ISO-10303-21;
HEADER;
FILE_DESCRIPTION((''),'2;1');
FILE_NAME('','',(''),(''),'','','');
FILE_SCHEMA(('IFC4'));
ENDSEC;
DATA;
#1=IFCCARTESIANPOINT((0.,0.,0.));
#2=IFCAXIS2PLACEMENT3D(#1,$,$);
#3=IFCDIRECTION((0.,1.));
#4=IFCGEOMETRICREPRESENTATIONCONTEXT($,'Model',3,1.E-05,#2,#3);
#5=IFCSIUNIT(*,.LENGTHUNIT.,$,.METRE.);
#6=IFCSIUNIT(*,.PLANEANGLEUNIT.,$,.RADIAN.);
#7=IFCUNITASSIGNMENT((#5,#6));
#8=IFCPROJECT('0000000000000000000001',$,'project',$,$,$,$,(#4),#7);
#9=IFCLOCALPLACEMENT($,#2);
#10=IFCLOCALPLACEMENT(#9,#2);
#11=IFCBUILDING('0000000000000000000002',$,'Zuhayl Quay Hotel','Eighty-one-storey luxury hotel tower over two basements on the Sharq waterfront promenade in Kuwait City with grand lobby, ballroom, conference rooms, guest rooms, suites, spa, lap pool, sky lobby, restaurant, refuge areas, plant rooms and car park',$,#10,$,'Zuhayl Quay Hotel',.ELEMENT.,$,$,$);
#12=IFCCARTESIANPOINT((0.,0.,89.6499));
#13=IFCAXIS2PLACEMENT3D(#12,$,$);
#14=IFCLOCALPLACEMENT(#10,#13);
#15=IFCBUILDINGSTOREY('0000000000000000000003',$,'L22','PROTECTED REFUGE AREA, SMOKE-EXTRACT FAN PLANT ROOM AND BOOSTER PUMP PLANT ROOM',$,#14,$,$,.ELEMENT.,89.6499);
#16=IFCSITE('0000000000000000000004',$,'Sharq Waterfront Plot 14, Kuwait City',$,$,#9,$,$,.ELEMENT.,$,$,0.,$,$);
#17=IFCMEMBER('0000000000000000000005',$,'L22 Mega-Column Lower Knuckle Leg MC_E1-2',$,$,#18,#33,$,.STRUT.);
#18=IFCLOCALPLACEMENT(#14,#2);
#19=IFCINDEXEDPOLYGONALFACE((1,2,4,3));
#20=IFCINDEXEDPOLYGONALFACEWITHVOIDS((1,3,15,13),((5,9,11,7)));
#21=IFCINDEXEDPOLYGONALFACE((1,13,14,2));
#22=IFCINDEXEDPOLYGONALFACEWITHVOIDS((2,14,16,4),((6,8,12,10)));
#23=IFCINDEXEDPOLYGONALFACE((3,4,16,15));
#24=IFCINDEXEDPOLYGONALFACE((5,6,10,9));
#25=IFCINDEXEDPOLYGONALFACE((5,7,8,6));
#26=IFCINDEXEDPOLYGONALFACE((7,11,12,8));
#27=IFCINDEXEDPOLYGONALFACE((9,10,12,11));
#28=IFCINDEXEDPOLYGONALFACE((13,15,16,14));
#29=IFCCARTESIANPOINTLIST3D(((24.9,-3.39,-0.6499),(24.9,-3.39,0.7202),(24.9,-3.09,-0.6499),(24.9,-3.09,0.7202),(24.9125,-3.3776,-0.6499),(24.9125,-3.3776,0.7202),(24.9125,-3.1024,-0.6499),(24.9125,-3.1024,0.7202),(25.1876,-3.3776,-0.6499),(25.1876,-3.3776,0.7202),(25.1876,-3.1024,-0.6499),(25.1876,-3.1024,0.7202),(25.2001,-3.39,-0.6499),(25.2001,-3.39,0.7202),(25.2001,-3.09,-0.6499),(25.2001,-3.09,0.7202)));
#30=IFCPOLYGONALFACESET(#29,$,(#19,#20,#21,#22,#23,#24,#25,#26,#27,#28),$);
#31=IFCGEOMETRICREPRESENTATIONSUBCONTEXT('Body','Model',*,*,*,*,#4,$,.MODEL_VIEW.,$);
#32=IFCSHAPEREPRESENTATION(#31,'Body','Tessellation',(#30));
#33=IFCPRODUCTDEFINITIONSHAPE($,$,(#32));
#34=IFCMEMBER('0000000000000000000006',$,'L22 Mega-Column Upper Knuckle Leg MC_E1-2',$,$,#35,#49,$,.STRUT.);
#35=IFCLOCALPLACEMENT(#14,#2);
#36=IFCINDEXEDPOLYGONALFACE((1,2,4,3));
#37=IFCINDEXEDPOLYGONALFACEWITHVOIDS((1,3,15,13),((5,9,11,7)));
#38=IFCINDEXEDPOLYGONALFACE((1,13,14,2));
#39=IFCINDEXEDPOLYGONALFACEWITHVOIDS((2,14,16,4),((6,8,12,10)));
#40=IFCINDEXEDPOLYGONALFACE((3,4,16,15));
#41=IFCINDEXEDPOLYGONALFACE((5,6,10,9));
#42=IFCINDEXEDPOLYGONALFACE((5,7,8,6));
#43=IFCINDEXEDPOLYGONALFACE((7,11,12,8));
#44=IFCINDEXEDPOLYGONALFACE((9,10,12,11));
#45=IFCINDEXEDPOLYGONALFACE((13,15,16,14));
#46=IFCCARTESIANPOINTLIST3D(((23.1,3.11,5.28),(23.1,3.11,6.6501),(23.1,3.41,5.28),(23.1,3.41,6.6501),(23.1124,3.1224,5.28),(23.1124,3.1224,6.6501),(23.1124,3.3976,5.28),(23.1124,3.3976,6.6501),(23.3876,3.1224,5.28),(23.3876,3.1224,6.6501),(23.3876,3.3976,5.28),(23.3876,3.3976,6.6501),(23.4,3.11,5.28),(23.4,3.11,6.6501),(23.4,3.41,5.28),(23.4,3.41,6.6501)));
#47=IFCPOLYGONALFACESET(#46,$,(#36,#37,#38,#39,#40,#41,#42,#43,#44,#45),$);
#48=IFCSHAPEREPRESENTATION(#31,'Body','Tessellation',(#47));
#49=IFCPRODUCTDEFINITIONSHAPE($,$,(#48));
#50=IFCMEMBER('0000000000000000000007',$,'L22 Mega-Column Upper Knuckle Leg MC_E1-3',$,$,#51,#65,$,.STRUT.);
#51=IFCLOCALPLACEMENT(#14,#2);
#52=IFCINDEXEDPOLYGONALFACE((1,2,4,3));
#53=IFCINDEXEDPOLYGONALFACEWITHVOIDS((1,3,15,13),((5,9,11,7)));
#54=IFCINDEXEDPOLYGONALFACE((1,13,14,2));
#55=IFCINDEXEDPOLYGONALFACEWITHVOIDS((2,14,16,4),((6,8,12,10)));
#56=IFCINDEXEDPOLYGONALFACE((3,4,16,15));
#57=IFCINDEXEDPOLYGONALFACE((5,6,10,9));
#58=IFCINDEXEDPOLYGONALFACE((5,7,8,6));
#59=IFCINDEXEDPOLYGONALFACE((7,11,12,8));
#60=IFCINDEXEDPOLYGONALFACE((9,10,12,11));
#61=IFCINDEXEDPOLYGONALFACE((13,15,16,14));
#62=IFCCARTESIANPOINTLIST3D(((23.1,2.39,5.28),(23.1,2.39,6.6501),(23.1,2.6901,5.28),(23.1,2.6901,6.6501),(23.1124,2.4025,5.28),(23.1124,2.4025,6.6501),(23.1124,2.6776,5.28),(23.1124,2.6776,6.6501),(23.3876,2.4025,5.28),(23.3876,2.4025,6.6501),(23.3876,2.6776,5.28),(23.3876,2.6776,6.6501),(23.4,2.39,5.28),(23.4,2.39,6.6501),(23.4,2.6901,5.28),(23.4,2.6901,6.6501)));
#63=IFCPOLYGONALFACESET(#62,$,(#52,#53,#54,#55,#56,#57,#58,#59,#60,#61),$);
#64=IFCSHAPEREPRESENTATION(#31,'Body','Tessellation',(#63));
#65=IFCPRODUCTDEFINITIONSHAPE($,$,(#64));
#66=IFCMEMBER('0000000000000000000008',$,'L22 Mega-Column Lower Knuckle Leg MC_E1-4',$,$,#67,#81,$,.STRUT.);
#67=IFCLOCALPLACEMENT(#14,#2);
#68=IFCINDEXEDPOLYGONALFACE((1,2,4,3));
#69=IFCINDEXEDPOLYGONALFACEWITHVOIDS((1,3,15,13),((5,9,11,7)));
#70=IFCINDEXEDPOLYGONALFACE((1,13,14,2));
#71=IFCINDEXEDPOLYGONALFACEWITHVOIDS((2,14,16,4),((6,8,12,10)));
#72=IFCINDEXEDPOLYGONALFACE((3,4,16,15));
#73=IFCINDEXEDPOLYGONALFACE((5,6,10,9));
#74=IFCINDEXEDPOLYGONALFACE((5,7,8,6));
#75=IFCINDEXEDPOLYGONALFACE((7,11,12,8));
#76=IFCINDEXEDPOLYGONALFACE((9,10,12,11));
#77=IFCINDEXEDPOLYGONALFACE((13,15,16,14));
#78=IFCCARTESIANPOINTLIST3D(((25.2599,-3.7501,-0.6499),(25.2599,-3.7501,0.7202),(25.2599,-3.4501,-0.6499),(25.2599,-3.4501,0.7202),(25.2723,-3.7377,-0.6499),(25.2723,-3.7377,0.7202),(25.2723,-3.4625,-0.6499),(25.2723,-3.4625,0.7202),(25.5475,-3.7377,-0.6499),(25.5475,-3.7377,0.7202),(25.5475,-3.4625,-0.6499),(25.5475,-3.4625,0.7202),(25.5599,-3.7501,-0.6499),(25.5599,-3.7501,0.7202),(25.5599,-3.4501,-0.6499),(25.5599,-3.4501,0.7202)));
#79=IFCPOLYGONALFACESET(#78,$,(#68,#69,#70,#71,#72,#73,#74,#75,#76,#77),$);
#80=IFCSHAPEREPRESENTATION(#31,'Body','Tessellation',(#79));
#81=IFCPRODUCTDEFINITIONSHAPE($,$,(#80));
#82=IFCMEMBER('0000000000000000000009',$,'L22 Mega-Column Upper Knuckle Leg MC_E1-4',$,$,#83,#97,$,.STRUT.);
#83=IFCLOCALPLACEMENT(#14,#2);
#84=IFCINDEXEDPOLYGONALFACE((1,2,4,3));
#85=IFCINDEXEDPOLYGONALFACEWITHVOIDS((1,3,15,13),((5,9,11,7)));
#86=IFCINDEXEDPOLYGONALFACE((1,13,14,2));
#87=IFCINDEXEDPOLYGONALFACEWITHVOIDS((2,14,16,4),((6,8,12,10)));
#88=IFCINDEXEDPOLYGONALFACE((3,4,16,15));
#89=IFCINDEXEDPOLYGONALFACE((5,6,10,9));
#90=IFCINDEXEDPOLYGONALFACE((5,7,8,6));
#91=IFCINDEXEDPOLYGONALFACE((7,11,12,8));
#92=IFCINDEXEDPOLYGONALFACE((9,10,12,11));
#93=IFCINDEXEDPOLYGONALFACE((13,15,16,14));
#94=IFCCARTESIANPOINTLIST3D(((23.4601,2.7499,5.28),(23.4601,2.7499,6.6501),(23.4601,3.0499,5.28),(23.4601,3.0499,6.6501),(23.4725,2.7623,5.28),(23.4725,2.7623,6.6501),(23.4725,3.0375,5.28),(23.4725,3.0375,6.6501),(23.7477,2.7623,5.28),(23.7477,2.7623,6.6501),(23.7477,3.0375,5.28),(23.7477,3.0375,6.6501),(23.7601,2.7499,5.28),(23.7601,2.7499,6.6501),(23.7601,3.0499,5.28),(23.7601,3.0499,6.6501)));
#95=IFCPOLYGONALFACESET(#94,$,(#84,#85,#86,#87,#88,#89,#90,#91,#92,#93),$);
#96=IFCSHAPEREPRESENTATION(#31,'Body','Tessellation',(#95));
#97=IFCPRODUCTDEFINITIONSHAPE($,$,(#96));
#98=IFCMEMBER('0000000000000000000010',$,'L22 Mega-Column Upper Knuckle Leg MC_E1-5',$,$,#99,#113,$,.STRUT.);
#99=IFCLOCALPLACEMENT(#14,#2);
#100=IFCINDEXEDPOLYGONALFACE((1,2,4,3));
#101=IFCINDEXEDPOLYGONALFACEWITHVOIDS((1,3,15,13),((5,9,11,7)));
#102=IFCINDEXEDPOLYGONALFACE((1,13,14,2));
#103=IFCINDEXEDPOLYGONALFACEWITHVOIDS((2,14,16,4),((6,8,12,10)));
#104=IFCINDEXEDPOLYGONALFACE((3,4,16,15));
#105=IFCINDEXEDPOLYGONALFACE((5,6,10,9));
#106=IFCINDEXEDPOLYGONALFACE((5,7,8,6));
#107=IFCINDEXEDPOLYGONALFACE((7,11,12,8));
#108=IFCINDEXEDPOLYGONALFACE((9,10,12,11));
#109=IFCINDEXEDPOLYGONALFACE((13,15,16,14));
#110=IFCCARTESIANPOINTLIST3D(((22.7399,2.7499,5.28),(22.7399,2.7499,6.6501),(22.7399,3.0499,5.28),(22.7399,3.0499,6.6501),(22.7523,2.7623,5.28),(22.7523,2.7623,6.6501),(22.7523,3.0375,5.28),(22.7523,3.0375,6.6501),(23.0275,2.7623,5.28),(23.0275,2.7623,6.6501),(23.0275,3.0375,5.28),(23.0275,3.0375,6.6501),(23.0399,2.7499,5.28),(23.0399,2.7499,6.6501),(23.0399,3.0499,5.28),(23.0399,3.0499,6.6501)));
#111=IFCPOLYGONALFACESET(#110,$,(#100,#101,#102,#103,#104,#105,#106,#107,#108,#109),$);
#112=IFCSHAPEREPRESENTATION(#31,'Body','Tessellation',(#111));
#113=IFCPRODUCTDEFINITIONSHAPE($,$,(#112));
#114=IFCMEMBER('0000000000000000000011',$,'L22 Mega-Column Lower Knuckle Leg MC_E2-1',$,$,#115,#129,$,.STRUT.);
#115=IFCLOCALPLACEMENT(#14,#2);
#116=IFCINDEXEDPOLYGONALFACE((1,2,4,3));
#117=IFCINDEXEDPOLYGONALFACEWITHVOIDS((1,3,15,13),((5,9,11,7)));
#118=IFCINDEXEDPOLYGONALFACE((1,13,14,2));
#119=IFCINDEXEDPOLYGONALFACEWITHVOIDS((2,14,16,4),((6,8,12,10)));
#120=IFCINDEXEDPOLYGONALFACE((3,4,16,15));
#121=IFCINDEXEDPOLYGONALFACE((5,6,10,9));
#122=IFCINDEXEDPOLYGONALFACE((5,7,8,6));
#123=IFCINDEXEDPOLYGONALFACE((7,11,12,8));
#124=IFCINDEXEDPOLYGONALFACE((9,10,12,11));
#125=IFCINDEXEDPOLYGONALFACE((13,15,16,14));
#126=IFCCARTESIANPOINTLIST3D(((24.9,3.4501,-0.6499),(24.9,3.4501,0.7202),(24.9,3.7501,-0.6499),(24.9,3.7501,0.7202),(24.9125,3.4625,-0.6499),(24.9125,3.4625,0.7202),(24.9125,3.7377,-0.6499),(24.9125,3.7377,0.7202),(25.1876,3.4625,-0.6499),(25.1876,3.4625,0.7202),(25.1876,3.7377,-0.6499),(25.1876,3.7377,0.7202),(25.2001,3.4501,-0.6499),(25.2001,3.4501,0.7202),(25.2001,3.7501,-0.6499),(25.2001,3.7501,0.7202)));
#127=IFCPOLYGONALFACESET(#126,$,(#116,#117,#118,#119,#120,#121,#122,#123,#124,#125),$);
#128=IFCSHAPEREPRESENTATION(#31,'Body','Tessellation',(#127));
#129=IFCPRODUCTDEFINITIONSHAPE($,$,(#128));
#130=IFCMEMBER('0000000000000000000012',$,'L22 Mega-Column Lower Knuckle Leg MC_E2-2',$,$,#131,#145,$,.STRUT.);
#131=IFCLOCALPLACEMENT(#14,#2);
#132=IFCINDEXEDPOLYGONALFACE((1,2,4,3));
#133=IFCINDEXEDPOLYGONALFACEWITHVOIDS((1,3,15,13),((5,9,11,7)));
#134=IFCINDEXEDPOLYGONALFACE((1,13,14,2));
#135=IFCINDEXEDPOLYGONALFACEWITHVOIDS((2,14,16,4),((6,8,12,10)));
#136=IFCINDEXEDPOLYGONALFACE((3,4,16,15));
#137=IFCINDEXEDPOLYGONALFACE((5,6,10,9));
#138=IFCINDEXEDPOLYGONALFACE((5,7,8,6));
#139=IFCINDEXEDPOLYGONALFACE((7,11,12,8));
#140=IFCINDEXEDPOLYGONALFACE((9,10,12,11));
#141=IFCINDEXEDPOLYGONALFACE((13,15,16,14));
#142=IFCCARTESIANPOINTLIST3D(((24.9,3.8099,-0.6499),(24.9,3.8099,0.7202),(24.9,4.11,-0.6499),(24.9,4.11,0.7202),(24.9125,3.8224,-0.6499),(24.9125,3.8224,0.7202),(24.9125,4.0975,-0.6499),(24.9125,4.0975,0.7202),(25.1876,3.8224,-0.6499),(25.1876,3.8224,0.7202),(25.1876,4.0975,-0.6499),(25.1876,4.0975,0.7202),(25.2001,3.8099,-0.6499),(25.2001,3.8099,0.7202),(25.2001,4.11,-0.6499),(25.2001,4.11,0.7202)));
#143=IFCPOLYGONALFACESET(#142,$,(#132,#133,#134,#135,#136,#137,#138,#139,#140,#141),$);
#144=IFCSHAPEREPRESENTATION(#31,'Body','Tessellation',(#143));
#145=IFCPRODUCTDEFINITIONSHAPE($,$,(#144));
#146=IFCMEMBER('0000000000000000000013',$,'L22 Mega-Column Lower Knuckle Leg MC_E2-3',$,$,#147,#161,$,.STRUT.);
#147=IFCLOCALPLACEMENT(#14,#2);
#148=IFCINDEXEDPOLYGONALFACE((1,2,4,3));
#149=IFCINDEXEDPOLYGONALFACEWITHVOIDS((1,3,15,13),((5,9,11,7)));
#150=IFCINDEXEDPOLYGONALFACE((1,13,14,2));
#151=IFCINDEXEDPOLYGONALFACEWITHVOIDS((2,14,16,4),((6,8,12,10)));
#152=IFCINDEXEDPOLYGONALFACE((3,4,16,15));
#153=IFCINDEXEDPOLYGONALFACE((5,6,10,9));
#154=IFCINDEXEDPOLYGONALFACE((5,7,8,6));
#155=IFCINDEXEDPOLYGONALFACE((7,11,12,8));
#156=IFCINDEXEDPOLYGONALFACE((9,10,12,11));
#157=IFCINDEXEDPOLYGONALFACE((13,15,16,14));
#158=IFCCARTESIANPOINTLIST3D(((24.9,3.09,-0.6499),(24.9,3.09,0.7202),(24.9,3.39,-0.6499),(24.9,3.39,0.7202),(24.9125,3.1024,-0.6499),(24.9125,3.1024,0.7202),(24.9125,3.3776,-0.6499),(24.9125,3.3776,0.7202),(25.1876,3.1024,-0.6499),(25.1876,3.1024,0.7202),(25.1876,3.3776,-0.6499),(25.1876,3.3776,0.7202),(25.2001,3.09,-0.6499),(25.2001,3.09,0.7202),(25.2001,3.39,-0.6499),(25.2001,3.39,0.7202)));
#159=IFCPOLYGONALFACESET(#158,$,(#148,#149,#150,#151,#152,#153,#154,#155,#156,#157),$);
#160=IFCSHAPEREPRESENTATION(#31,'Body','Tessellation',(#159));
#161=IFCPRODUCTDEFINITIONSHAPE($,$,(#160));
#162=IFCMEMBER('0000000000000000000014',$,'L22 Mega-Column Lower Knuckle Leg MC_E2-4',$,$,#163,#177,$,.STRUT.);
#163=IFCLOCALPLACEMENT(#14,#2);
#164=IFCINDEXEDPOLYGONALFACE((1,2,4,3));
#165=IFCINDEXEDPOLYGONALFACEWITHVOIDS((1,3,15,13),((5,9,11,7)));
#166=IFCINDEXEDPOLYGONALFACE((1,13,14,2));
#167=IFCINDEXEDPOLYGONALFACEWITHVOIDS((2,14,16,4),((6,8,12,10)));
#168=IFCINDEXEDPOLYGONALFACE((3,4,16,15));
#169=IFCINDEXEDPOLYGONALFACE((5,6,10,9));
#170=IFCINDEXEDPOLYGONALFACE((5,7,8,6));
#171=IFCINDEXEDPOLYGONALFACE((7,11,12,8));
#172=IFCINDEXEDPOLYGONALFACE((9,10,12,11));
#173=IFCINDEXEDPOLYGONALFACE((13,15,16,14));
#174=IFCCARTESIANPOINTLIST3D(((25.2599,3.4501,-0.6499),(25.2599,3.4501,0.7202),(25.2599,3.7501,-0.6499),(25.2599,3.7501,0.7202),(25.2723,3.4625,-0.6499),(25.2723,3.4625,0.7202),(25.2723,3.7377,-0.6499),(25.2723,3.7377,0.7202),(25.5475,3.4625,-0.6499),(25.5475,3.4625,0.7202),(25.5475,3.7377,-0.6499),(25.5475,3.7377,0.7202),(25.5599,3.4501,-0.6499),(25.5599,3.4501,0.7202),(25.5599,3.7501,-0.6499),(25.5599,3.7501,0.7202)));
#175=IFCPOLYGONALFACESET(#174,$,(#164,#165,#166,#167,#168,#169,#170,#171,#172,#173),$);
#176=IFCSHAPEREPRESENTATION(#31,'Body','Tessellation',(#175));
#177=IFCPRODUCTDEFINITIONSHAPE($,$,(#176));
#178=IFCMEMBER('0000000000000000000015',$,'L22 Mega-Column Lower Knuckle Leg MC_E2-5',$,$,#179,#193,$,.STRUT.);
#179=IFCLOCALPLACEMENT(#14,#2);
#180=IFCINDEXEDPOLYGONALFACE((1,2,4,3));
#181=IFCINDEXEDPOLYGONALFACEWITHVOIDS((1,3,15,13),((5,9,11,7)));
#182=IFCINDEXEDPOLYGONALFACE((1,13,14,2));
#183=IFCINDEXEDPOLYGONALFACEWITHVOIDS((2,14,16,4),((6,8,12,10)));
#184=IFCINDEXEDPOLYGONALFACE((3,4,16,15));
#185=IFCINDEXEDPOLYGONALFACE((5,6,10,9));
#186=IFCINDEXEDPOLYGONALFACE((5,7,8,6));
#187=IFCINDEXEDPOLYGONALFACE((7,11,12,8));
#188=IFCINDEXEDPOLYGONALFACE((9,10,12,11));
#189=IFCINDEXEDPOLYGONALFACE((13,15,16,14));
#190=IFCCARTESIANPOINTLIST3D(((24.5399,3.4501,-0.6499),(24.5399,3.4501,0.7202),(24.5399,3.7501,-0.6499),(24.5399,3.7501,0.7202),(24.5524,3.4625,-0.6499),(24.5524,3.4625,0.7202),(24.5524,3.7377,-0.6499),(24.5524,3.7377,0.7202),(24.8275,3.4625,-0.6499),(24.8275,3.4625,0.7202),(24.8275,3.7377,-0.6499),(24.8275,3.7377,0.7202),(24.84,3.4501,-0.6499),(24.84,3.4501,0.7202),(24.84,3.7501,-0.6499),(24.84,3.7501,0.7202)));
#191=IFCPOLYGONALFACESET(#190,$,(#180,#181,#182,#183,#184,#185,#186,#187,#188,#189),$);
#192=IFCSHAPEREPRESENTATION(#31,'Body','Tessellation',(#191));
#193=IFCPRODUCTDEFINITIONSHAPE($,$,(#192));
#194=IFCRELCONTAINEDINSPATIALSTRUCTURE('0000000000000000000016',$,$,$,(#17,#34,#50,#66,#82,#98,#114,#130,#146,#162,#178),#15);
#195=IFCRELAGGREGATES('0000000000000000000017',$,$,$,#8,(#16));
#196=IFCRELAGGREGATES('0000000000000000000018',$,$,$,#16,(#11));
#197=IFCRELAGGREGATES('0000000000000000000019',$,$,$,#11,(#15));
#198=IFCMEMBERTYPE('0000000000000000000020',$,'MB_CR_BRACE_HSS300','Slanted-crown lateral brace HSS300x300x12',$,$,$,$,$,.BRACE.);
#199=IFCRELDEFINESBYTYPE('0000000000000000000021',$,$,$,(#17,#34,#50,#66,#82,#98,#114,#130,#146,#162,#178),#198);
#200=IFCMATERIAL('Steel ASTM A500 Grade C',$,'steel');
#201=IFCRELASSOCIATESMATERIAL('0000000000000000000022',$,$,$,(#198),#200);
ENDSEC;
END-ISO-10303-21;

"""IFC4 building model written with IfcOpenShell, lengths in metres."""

from ifc_helpers import new_model, si_unit, direction, frame, origin, origin_2d, place, context, subcontext, project, spatial, hollow_rectangle, extrude, material, material_profile, profile_set, type_object, element, save


model = new_model("IFC4")

# Units and contexts
model_context = context("Model", 3, precision=1e-05, world=origin(), true_north=direction((0.0, 1.0)))
body_context = subcontext(model_context, "Body", "Model", "MODEL_VIEW")
ifc_project = project(units=[si_unit("LENGTHUNIT", "METRE"), si_unit("PLANEANGLEUNIT", "RADIAN")], contexts=[model_context])

# Site, building, storey
site_placement = place(None, origin())
site = spatial("IfcSite", under=ifc_project, at=site_placement, Name="Sharq Waterfront Plot 14, Kuwait City", CompositionType="ELEMENT", RefElevation=0.0)
building_placement = place(site_placement, origin())
building = spatial("IfcBuilding", under=site, at=building_placement, Name="Zuhayl Quay Hotel", Description="Eighty-one-storey luxury hotel tower over two basements on the Sharq waterfront promenade in Kuwait City with grand lobby, ballroom, conference rooms, guest rooms, suites, spa, lap pool, sky lobby, restaurant, refuge areas, plant rooms and car park", LongName="Zuhayl Quay Hotel", CompositionType="ELEMENT")
storey_placement = place(building_placement, frame((0.0, 0.0, 89.6499)))
storey = spatial("IfcBuildingStorey", under=building, at=storey_placement, Name="L22", Description="PROTECTED REFUGE AREA, SMOKE-EXTRACT FAN PLANT ROOM AND BOOSTER PUMP PLANT ROOM", CompositionType="ELEMENT", Elevation=89.6499)

# Members
ifc_material_1 = material(Name="Steel ASTM A500 Grade C", Category="steel")
ifc_material_profile_1 = material_profile(ifc_material_1, hollow_rectangle(XDim=0.3, YDim=0.3, WallThickness=0.0125, at=origin_2d()), Name="HSS300X300X12")
ifc_profile_set_1 = profile_set([ifc_material_profile_1], Name="Steel ASTM A500 Grade C")
member_type_1 = type_object("IfcMemberType", Name="MB_CR_BRACE_HSS300", Description="Slanted-crown lateral brace HSS300x300x12", PredefinedType="BRACE", material=ifc_profile_set_1)
for number, where, z_axis, x_axis, name in (
    (1, (25.05, -3.24, -0.6499), (0.0, 0.0, 1.0), (1.0, 0.0, 0.0), "L22 Mega-Column Lower Knuckle Leg MC_E1-2"),
    (2, (23.25, 3.26, 5.28), (0.0, 0.0, 1.0), (1.0, 0.0, 0.0), "L22 Mega-Column Upper Knuckle Leg MC_E1-2"),
    (3, (23.25, 2.54, 5.28), (0.0, 0.0, 1.0), (1.0, 0.0, 0.0), "L22 Mega-Column Upper Knuckle Leg MC_E1-3"),
    (4, (25.4099, -3.6001, -0.6499), (0.0, 0.0, 1.0), (1.0, 0.0, 0.0), "L22 Mega-Column Lower Knuckle Leg MC_E1-4"),
    (5, (23.6101, 2.8999, 5.28), (0.0, 0.0, 1.0), (1.0, 0.0, 0.0), "L22 Mega-Column Upper Knuckle Leg MC_E1-4"),
    (6, (22.8899, 2.8999, 5.28), (0.0, 0.0, 1.0), (1.0, 0.0, 0.0), "L22 Mega-Column Upper Knuckle Leg MC_E1-5"),
    (7, (25.05, 3.6001, -0.6499), (0.0, 0.0, 1.0), (1.0, 0.0, 0.0), "L22 Mega-Column Lower Knuckle Leg MC_E2-1"),
    (8, (25.05, 3.96, -0.6499), (0.0, 0.0, 1.0), (1.0, 0.0, 0.0), "L22 Mega-Column Lower Knuckle Leg MC_E2-2"),
    (9, (25.05, 3.24, -0.6499), (0.0, 0.0, 1.0), (1.0, 0.0, 0.0), "L22 Mega-Column Lower Knuckle Leg MC_E2-3"),
    (10, (25.4099, 3.6001, -0.6499), (0.0, 0.0, 1.0), (1.0, 0.0, 0.0), "L22 Mega-Column Lower Knuckle Leg MC_E2-4"),
    (11, (24.6899, 3.6001, -0.6499), (0.0, 0.0, 1.0), (1.0, 0.0, 0.0), "L22 Mega-Column Lower Knuckle Leg MC_E2-5"),
):
    element("IfcMember", number, at=place(storey_placement, frame(where, z_axis=z_axis, x_axis=x_axis)), inside=storey, type_object=member_type_1, Name=name, PredefinedType="STRUT", context=body_context, shape_type="SweptSolid", body=[
        extrude(hollow_rectangle(XDim=0.3, YDim=0.3, WallThickness=0.0125, at=origin_2d()), origin(), (0.0, 0.0, 1.0), 1.3701),
    ])

save(model, "model.ifc")
